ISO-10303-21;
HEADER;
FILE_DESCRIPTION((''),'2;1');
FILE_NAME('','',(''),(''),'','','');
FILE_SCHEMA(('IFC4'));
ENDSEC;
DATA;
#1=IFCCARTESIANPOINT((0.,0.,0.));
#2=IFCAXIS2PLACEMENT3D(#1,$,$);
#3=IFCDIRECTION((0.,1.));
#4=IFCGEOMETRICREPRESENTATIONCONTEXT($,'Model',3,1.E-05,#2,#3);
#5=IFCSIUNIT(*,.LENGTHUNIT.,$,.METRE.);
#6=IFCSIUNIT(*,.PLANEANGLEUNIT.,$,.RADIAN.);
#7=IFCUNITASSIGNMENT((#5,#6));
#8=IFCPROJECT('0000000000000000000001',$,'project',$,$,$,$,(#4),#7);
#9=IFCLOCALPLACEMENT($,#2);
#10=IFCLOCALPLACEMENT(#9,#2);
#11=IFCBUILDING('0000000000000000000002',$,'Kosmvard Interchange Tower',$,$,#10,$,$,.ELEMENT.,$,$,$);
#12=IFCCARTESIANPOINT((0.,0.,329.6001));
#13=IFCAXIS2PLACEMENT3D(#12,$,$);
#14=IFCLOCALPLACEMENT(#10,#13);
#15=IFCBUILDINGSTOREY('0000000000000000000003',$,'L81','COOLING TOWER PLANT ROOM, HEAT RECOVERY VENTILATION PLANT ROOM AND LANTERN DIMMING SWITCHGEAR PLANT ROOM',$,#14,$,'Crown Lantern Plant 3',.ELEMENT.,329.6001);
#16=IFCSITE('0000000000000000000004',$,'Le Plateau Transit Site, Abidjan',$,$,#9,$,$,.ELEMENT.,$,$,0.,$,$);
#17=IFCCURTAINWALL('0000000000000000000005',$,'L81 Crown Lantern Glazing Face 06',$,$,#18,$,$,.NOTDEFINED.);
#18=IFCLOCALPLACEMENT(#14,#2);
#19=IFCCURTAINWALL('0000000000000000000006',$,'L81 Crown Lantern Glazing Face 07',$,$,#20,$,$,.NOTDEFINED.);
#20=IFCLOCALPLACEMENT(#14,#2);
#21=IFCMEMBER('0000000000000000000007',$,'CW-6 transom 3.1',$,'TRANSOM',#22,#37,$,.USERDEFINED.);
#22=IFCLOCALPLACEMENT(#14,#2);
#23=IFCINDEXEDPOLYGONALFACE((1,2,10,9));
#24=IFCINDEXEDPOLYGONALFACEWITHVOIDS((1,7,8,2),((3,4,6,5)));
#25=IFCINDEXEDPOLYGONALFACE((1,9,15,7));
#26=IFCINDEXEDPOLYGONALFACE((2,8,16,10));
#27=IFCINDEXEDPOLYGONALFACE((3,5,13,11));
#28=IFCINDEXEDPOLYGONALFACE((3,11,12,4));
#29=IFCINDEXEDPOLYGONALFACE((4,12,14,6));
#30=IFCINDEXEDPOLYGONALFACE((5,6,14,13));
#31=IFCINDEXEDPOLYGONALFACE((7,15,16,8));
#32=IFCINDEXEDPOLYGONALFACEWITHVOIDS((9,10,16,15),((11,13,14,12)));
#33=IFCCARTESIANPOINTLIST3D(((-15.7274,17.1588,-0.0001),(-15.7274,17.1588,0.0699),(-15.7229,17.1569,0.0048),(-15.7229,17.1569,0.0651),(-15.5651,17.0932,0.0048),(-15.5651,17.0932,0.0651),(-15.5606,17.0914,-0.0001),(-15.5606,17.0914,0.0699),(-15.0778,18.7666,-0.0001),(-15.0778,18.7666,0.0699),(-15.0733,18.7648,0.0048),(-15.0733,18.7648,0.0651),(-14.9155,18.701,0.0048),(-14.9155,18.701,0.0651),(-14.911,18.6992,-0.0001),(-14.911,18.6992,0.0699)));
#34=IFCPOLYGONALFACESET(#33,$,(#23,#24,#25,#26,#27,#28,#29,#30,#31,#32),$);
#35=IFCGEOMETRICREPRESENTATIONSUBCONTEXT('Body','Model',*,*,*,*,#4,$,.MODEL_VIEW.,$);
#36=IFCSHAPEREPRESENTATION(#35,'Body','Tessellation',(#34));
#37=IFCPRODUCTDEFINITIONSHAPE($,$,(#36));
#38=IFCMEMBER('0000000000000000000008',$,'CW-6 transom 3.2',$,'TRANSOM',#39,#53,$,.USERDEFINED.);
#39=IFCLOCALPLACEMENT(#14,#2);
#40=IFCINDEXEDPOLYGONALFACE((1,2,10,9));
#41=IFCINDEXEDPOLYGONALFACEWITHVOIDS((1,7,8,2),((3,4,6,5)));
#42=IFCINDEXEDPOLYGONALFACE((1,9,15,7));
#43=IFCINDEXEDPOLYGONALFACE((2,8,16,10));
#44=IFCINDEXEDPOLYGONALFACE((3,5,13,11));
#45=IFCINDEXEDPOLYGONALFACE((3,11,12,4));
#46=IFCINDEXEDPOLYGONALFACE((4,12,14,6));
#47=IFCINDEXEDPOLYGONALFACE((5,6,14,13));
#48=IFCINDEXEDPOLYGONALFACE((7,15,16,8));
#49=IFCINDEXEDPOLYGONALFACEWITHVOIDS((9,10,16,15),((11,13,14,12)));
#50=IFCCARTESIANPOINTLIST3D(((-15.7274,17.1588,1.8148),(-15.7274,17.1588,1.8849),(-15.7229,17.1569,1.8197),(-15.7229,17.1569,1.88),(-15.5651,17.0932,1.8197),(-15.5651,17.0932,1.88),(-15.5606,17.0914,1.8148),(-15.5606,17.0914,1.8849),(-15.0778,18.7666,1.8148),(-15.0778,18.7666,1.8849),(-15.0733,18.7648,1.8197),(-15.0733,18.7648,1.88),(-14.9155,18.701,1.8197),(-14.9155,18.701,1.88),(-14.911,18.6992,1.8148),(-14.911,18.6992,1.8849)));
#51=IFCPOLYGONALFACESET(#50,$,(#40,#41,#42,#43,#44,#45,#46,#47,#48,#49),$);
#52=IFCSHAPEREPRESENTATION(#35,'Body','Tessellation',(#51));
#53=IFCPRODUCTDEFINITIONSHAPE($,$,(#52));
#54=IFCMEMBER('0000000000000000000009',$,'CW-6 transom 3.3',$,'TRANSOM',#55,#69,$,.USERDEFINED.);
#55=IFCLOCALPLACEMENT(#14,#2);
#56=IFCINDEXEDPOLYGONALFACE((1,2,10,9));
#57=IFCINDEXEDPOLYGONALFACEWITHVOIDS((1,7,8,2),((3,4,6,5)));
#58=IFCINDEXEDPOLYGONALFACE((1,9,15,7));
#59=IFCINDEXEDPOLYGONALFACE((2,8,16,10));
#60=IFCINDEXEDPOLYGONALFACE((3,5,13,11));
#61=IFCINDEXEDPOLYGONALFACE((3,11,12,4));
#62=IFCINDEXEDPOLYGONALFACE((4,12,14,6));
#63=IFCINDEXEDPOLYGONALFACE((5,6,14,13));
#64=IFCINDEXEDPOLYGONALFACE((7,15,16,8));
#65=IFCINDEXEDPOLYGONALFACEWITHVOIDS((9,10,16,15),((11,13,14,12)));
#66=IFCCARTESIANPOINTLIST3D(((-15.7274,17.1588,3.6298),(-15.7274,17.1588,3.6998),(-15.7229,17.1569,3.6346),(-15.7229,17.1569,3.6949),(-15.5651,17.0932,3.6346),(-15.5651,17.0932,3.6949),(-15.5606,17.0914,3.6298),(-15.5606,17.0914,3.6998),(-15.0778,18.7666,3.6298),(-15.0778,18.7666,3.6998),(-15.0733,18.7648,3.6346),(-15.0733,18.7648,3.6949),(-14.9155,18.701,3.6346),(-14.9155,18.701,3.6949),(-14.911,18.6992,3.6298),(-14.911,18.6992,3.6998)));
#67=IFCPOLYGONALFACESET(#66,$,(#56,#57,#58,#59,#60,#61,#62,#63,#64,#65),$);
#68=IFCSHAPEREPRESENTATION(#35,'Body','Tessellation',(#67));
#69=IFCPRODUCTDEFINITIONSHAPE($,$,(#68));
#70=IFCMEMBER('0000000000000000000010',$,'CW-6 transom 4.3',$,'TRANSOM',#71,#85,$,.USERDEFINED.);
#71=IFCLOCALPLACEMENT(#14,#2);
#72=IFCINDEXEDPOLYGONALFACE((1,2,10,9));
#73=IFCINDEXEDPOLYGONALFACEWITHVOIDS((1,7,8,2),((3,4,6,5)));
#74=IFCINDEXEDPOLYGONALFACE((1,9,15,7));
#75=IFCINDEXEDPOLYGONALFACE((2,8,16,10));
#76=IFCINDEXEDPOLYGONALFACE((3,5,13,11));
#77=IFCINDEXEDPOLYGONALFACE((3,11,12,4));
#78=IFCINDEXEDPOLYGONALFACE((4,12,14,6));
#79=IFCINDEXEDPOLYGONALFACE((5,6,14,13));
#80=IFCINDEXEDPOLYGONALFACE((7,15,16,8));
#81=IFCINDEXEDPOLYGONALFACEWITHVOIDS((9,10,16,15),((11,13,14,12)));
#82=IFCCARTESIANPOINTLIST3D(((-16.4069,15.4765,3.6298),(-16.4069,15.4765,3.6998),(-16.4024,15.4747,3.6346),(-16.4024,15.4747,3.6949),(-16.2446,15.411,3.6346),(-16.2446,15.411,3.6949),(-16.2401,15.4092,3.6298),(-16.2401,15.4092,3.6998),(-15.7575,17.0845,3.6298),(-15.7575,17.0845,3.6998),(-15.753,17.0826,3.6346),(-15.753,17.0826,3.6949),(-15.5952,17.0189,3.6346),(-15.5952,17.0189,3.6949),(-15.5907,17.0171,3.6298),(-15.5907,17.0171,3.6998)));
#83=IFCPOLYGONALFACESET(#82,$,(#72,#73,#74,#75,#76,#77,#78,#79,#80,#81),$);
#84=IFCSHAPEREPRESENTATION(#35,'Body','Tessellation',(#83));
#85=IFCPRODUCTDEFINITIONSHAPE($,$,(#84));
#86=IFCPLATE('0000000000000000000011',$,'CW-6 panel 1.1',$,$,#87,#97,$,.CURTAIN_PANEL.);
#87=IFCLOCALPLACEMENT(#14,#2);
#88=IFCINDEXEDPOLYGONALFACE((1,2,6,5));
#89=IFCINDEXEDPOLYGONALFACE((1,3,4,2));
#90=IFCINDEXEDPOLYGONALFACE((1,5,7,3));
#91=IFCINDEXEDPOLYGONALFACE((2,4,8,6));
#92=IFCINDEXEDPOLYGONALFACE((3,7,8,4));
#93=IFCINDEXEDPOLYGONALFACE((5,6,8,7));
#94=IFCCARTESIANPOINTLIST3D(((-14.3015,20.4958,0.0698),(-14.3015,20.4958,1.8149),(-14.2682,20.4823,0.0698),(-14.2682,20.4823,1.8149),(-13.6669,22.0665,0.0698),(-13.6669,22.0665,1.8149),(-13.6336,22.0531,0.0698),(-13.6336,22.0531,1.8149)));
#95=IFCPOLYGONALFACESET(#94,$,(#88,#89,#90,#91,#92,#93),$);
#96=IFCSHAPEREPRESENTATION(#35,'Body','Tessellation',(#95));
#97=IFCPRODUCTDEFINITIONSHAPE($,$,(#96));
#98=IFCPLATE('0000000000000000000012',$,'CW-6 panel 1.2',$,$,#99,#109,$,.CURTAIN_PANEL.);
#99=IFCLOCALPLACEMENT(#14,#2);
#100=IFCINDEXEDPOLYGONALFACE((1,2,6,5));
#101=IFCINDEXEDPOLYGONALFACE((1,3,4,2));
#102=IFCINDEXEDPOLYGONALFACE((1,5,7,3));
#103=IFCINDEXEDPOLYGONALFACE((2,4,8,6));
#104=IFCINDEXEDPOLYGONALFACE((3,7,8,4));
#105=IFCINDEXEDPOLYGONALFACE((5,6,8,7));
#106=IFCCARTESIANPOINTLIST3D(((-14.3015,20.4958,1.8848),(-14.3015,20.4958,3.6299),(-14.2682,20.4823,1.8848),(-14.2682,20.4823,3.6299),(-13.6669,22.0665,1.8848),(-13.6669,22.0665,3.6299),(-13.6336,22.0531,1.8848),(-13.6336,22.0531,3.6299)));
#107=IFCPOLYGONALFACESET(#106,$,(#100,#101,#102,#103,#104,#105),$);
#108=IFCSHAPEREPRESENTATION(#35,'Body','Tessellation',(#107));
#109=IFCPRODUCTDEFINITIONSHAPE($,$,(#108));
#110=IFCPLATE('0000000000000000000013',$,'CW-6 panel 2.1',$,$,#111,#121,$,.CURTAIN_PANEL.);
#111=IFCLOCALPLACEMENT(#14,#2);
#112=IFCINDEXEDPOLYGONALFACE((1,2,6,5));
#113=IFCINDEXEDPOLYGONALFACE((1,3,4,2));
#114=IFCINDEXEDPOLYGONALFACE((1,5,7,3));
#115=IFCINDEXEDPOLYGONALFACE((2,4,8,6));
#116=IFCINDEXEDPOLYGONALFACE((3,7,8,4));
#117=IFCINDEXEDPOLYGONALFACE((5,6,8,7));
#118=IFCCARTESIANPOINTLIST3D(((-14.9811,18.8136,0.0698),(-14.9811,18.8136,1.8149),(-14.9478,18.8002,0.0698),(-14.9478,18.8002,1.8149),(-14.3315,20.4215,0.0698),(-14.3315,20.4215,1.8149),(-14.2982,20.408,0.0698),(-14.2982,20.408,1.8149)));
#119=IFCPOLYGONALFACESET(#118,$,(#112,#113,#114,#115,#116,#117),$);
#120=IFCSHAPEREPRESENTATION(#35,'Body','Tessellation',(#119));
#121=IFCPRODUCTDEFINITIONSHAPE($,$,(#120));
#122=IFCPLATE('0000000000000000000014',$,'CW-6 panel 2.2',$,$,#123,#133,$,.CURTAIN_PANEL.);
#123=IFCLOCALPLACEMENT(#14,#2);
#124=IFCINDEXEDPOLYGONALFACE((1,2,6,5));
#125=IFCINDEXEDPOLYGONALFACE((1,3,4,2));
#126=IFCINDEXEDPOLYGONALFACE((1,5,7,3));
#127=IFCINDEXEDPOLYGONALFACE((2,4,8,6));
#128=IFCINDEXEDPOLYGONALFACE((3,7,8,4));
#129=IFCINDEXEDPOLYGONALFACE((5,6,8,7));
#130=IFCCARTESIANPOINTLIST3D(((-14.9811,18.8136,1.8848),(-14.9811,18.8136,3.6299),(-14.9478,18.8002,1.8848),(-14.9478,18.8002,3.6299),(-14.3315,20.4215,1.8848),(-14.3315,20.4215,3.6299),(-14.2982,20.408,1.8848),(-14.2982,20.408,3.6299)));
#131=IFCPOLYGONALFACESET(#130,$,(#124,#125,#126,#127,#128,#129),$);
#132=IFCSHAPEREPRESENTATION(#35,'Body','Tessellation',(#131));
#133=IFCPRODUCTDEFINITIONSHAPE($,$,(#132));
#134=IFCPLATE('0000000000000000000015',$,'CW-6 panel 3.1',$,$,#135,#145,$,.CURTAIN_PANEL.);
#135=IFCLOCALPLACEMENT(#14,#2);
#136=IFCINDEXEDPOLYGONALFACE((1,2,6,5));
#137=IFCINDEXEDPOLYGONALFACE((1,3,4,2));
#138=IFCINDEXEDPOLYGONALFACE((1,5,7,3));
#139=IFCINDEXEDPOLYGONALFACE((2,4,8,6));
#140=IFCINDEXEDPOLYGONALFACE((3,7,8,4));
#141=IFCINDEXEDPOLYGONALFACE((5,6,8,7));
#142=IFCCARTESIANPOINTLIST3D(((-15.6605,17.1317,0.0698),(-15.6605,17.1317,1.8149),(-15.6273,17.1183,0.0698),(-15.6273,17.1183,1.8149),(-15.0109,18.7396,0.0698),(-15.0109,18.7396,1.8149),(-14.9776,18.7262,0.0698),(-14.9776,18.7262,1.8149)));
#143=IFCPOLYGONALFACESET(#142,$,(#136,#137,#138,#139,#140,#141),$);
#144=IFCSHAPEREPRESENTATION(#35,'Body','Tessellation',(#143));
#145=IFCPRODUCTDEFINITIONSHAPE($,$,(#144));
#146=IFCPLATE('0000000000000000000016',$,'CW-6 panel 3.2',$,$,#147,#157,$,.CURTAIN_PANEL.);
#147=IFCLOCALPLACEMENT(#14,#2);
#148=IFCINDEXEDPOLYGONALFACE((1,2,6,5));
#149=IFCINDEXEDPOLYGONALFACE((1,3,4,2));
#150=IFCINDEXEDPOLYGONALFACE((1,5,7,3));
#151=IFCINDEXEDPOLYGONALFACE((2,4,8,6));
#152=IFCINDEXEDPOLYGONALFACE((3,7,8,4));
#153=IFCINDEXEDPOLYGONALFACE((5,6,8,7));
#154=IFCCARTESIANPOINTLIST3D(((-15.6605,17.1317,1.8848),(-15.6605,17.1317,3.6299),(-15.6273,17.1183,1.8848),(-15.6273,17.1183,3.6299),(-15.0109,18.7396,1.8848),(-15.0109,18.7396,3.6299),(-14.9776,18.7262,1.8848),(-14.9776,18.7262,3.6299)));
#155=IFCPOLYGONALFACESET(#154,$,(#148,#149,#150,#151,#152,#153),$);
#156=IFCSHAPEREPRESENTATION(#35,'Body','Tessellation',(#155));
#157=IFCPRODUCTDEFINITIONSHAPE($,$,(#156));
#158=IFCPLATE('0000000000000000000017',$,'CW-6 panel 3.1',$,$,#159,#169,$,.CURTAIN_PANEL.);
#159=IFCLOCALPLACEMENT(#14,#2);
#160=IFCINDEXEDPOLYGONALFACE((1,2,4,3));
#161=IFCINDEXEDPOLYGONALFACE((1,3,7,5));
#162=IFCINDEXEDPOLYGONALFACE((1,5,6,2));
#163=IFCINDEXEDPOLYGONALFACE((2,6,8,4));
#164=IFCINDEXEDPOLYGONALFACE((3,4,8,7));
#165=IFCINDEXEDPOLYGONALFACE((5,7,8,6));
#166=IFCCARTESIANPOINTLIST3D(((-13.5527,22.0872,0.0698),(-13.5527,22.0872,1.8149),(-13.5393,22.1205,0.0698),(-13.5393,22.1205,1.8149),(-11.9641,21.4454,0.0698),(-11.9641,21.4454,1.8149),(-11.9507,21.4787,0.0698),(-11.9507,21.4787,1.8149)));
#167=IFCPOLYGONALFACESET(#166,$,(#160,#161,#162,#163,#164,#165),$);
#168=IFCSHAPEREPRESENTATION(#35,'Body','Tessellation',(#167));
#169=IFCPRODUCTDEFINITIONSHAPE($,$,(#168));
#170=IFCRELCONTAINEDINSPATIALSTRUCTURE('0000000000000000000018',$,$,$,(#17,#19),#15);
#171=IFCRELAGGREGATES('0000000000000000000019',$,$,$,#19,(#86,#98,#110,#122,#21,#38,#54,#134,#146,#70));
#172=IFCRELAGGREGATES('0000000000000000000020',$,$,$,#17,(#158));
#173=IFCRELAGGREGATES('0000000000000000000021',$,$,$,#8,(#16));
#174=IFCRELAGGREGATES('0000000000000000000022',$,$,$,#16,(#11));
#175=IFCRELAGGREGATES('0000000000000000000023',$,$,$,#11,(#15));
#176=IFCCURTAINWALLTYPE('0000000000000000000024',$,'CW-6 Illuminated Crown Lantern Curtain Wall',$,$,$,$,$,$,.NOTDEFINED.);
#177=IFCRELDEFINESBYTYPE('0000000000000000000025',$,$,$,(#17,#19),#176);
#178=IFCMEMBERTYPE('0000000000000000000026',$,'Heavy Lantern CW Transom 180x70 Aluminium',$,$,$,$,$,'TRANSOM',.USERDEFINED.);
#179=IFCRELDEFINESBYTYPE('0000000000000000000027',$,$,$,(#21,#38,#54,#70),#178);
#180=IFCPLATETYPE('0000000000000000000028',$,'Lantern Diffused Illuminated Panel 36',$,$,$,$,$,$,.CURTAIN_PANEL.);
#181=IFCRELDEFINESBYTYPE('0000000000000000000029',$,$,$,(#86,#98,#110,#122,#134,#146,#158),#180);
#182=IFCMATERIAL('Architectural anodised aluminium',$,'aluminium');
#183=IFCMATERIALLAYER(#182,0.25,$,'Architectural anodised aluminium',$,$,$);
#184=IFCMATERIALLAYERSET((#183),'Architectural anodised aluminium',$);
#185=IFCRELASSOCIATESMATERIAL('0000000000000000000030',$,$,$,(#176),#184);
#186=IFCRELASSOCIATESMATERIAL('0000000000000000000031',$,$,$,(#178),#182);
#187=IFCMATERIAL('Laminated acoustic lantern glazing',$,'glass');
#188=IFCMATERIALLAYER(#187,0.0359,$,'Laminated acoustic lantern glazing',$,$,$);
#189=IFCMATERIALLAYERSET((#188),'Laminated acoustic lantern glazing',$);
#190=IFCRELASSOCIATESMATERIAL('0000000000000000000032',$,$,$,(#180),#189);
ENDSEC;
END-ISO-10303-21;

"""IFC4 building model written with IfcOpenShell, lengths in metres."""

from ifc_helpers import new_model, si_unit, direction, frame, origin, origin_2d, place, context, subcontext, project, spatial, rectangle, hollow_rectangle, extrude, source, transform, mapped, material, layer, layer_set, material_profile, profile_set, type_object, element, aggregate, save


model = new_model("IFC4")

# Units and contexts
model_context = context("Model", 3, precision=1e-05, world=origin(), true_north=direction((0.0, 1.0)))
body_context = subcontext(model_context, "Body", "Model", "MODEL_VIEW")
ifc_project = project(units=[si_unit("LENGTHUNIT", "METRE"), si_unit("PLANEANGLEUNIT", "RADIAN")], contexts=[model_context])

# Site, building, storey
site_placement = place(None, origin())
site = spatial("IfcSite", under=ifc_project, at=site_placement, Name="Le Plateau Transit Site, Abidjan", CompositionType="ELEMENT", RefElevation=0.0)
building_placement = place(site_placement, origin())
building = spatial("IfcBuilding", under=site, at=building_placement, Name="Kosmvard Interchange Tower", CompositionType="ELEMENT")
storey_placement = place(building_placement, frame((0.0, 0.0, 329.6001)))
storey = spatial("IfcBuildingStorey", under=building, at=storey_placement, Name="L81", Description="COOLING TOWER PLANT ROOM, HEAT RECOVERY VENTILATION PLANT ROOM AND LANTERN DIMMING SWITCHGEAR PLANT ROOM", LongName="Crown Lantern Plant 3", CompositionType="ELEMENT", Elevation=329.6001)

# Curtain wall
ifc_material_1 = material(Name="Architectural anodised aluminium", Category="aluminium")
ifc_layer_1 = layer(ifc_material_1, 0.25, Name="Architectural anodised aluminium")
ifc_layer_set_1 = layer_set([ifc_layer_1], Name="Architectural anodised aluminium")
curtain_wall_type = type_object("IfcCurtainWallType", Name="CW-6 Illuminated Crown Lantern Curtain Wall", PredefinedType="NOTDEFINED", material=ifc_layer_set_1)
curtain_wall_1_placement = place(storey_placement, origin())
curtain_wall_1 = element("IfcCurtainWall", 1, at=curtain_wall_1_placement, inside=storey, type_object=curtain_wall_type, Name="L81 Crown Lantern Glazing Face 06", PredefinedType="NOTDEFINED")

# Curtain wall, members, plates
curtain_wall_2_placement = place(storey_placement, origin())
curtain_wall_2 = element("IfcCurtainWall", 2, at=curtain_wall_2_placement, inside=storey, type_object=curtain_wall_type, Name="L81 Crown Lantern Glazing Face 07", PredefinedType="NOTDEFINED")
ifc_material_profile_1 = material_profile(ifc_material_1, hollow_rectangle(XDim=0.1799, YDim=0.0701, WallThickness=0.0049, at=origin_2d()), Name="CWT 180x70x5")
ifc_profile_set_1 = profile_set([ifc_material_profile_1], Name="Architectural anodised aluminium")
member_type_1 = type_object("IfcMemberType", Name="Heavy Lantern CW Transom 180x70 Aluminium", ElementType="TRANSOM", PredefinedType="USERDEFINED", material=ifc_profile_set_1)
shared_shape_1 = source(origin(), body_context, "Body", "SweptSolid", [
    extrude(hollow_rectangle(XDim=0.1799, YDim=0.0701, WallThickness=0.0049, at=origin_2d()), origin(), (0.0, 0.0, 1.0), 1.7341),
])
member_1_placement = place(storey_placement, frame((-14.9944, 18.7329, 0.0349), z_axis=(-0.374617, -0.92718, 0.0), x_axis=(0.92718, -0.374617, 0.0)))
member_1 = element("IfcMember", 3, at=member_1_placement, type_object=member_type_1, Name="CW-6 transom 3.1", ObjectType="TRANSOM", PredefinedType="USERDEFINED", context=body_context, shape_type="MappedRepresentation", body=[
    mapped(shared_shape_1, transform((0.0, 0.0, 0.0), scale=1.0)),
])
member_2_placement = place(storey_placement, frame((-14.9944, 18.7329, 1.8499), z_axis=(-0.374617, -0.92718, 0.0), x_axis=(0.92718, -0.374617, 0.0)))
member_2 = element("IfcMember", 4, at=member_2_placement, type_object=member_type_1, Name="CW-6 transom 3.2", ObjectType="TRANSOM", PredefinedType="USERDEFINED", context=body_context, shape_type="MappedRepresentation", body=[
    mapped(shared_shape_1, transform((0.0, 0.0, 0.0), scale=1.0)),
])
member_3_placement = place(storey_placement, frame((-14.9944, 18.7329, 3.6648), z_axis=(-0.374617, -0.92718, 0.0), x_axis=(0.92718, -0.374617, 0.0)))
member_3 = element("IfcMember", 5, at=member_3_placement, type_object=member_type_1, Name="CW-6 transom 3.3", ObjectType="TRANSOM", PredefinedType="USERDEFINED", context=body_context, shape_type="MappedRepresentation", body=[
    mapped(shared_shape_1, transform((0.0, 0.0, 0.0), scale=1.0)),
])
member_4_placement = place(storey_placement, frame((-15.6741, 17.0508, 3.6648), z_axis=(-0.374496, -0.927229, 0.0), x_axis=(0.927229, -0.374496, 0.0)))
member_4 = element("IfcMember", 6, at=member_4_placement, type_object=member_type_1, Name="CW-6 transom 4.3", ObjectType="TRANSOM", PredefinedType="USERDEFINED", context=body_context, shape_type="MappedRepresentation", body=[
    mapped(shared_shape_1, transform((0.0, 0.0, 0.0), scale=1.0)),
])
ifc_material_2 = material(Name="Laminated acoustic lantern glazing", Category="glass")
ifc_layer_2 = layer(ifc_material_2, 0.0359, Name="Laminated acoustic lantern glazing")
ifc_layer_set_2 = layer_set([ifc_layer_2], Name="Laminated acoustic lantern glazing")
plate_type = type_object("IfcPlateType", Name="Lantern Diffused Illuminated Panel 36", PredefinedType="CURTAIN_PANEL", material=ifc_layer_set_2)
shared_shape_2 = source(origin(), body_context, "Body", "SweptSolid", [
    extrude(rectangle(XDim=1.6941, YDim=0.0359, at=origin_2d()), origin(), (0.0, 0.0, 1.0), 1.7451),
])
plate_1_placement = place(storey_placement, frame((-13.9675, 21.2744, 0.0698), z_axis=(0.0, 0.0, 1.0), x_axis=(-0.374607, -0.927184, 0.0)))
plate_1 = element("IfcPlate", 7, at=plate_1_placement, type_object=plate_type, Name="CW-6 panel 1.1", PredefinedType="CURTAIN_PANEL", context=body_context, shape_type="MappedRepresentation", body=[
    mapped(shared_shape_2, transform((0.0, 0.0, 0.0), scale=1.0)),
])
plate_2_placement = place(storey_placement, frame((-13.9675, 21.2744, 1.8848), z_axis=(0.0, 0.0, 1.0), x_axis=(-0.374607, -0.927184, 0.0)))
plate_2 = element("IfcPlate", 8, at=plate_2_placement, type_object=plate_type, Name="CW-6 panel 1.2", PredefinedType="CURTAIN_PANEL", context=body_context, shape_type="MappedRepresentation", body=[
    mapped(shared_shape_2, transform((0.0, 0.0, 0.0), scale=1.0)),
])
shared_shape_3 = source(origin(), body_context, "Body", "SweptSolid", [
    extrude(rectangle(XDim=1.7341, YDim=0.0359, at=origin_2d()), origin(), (0.0, 0.0, 1.0), 1.7451),
])
plate_3_placement = place(storey_placement, frame((-14.6396, 19.6108, 0.0698), z_axis=(0.0, 0.0, 1.0), x_axis=(-0.374607, -0.927184, 0.0)))
plate_3 = element("IfcPlate", 9, at=plate_3_placement, type_object=plate_type, Name="CW-6 panel 2.1", PredefinedType="CURTAIN_PANEL", context=body_context, shape_type="MappedRepresentation", body=[
    mapped(shared_shape_3, transform((0.0, 0.0, 0.0), scale=1.0)),
])
plate_4_placement = place(storey_placement, frame((-14.6396, 19.6108, 1.8848), z_axis=(0.0, 0.0, 1.0), x_axis=(-0.374607, -0.927184, 0.0)))
plate_4 = element("IfcPlate", 10, at=plate_4_placement, type_object=plate_type, Name="CW-6 panel 2.2", PredefinedType="CURTAIN_PANEL", context=body_context, shape_type="MappedRepresentation", body=[
    mapped(shared_shape_3, transform((0.0, 0.0, 0.0), scale=1.0)),
])
plate_5_placement = place(storey_placement, frame((-15.3191, 17.929, 0.0698), z_axis=(0.0, 0.0, 1.0), x_axis=(-0.374607, -0.927184, 0.0)))
plate_5 = element("IfcPlate", 11, at=plate_5_placement, type_object=plate_type, Name="CW-6 panel 3.1", PredefinedType="CURTAIN_PANEL", context=body_context, shape_type="MappedRepresentation", body=[
    mapped(shared_shape_3, transform((0.0, 0.0, 0.0), scale=1.0)),
])
plate_6_placement = place(storey_placement, frame((-15.3191, 17.929, 1.8848), z_axis=(0.0, 0.0, 1.0), x_axis=(-0.374607, -0.927184, 0.0)))
plate_6 = element("IfcPlate", 12, at=plate_6_placement, type_object=plate_type, Name="CW-6 panel 3.2", PredefinedType="CURTAIN_PANEL", context=body_context, shape_type="MappedRepresentation", body=[
    mapped(shared_shape_3, transform((0.0, 0.0, 0.0), scale=1.0)),
])
aggregate(curtain_wall_2, [plate_1, plate_2, plate_3, plate_4, member_1, member_2, member_3, plate_5, plate_6, member_4])

# Plate
shared_shape_4 = source(origin(), body_context, "Body", "SweptSolid", [
    extrude(rectangle(XDim=1.7134, YDim=0.0359, at=origin_2d()), origin(), (0.0, 0.0, 1.0), 1.7451),
])
plate_7_placement = place(storey_placement, frame((-12.7517, 21.783, 0.0698), z_axis=(0.0, 0.0, 1.0), x_axis=(-0.927184, 0.374607, 0.0)))
plate_7 = element("IfcPlate", 13, at=plate_7_placement, type_object=plate_type, Name="CW-6 panel 3.1", PredefinedType="CURTAIN_PANEL", context=body_context, shape_type="MappedRepresentation", body=[
    mapped(shared_shape_4, transform((0.0, 0.0, 0.0), scale=1.0)),
])
aggregate(curtain_wall_1, [plate_7])

save(model, "model.ifc")
